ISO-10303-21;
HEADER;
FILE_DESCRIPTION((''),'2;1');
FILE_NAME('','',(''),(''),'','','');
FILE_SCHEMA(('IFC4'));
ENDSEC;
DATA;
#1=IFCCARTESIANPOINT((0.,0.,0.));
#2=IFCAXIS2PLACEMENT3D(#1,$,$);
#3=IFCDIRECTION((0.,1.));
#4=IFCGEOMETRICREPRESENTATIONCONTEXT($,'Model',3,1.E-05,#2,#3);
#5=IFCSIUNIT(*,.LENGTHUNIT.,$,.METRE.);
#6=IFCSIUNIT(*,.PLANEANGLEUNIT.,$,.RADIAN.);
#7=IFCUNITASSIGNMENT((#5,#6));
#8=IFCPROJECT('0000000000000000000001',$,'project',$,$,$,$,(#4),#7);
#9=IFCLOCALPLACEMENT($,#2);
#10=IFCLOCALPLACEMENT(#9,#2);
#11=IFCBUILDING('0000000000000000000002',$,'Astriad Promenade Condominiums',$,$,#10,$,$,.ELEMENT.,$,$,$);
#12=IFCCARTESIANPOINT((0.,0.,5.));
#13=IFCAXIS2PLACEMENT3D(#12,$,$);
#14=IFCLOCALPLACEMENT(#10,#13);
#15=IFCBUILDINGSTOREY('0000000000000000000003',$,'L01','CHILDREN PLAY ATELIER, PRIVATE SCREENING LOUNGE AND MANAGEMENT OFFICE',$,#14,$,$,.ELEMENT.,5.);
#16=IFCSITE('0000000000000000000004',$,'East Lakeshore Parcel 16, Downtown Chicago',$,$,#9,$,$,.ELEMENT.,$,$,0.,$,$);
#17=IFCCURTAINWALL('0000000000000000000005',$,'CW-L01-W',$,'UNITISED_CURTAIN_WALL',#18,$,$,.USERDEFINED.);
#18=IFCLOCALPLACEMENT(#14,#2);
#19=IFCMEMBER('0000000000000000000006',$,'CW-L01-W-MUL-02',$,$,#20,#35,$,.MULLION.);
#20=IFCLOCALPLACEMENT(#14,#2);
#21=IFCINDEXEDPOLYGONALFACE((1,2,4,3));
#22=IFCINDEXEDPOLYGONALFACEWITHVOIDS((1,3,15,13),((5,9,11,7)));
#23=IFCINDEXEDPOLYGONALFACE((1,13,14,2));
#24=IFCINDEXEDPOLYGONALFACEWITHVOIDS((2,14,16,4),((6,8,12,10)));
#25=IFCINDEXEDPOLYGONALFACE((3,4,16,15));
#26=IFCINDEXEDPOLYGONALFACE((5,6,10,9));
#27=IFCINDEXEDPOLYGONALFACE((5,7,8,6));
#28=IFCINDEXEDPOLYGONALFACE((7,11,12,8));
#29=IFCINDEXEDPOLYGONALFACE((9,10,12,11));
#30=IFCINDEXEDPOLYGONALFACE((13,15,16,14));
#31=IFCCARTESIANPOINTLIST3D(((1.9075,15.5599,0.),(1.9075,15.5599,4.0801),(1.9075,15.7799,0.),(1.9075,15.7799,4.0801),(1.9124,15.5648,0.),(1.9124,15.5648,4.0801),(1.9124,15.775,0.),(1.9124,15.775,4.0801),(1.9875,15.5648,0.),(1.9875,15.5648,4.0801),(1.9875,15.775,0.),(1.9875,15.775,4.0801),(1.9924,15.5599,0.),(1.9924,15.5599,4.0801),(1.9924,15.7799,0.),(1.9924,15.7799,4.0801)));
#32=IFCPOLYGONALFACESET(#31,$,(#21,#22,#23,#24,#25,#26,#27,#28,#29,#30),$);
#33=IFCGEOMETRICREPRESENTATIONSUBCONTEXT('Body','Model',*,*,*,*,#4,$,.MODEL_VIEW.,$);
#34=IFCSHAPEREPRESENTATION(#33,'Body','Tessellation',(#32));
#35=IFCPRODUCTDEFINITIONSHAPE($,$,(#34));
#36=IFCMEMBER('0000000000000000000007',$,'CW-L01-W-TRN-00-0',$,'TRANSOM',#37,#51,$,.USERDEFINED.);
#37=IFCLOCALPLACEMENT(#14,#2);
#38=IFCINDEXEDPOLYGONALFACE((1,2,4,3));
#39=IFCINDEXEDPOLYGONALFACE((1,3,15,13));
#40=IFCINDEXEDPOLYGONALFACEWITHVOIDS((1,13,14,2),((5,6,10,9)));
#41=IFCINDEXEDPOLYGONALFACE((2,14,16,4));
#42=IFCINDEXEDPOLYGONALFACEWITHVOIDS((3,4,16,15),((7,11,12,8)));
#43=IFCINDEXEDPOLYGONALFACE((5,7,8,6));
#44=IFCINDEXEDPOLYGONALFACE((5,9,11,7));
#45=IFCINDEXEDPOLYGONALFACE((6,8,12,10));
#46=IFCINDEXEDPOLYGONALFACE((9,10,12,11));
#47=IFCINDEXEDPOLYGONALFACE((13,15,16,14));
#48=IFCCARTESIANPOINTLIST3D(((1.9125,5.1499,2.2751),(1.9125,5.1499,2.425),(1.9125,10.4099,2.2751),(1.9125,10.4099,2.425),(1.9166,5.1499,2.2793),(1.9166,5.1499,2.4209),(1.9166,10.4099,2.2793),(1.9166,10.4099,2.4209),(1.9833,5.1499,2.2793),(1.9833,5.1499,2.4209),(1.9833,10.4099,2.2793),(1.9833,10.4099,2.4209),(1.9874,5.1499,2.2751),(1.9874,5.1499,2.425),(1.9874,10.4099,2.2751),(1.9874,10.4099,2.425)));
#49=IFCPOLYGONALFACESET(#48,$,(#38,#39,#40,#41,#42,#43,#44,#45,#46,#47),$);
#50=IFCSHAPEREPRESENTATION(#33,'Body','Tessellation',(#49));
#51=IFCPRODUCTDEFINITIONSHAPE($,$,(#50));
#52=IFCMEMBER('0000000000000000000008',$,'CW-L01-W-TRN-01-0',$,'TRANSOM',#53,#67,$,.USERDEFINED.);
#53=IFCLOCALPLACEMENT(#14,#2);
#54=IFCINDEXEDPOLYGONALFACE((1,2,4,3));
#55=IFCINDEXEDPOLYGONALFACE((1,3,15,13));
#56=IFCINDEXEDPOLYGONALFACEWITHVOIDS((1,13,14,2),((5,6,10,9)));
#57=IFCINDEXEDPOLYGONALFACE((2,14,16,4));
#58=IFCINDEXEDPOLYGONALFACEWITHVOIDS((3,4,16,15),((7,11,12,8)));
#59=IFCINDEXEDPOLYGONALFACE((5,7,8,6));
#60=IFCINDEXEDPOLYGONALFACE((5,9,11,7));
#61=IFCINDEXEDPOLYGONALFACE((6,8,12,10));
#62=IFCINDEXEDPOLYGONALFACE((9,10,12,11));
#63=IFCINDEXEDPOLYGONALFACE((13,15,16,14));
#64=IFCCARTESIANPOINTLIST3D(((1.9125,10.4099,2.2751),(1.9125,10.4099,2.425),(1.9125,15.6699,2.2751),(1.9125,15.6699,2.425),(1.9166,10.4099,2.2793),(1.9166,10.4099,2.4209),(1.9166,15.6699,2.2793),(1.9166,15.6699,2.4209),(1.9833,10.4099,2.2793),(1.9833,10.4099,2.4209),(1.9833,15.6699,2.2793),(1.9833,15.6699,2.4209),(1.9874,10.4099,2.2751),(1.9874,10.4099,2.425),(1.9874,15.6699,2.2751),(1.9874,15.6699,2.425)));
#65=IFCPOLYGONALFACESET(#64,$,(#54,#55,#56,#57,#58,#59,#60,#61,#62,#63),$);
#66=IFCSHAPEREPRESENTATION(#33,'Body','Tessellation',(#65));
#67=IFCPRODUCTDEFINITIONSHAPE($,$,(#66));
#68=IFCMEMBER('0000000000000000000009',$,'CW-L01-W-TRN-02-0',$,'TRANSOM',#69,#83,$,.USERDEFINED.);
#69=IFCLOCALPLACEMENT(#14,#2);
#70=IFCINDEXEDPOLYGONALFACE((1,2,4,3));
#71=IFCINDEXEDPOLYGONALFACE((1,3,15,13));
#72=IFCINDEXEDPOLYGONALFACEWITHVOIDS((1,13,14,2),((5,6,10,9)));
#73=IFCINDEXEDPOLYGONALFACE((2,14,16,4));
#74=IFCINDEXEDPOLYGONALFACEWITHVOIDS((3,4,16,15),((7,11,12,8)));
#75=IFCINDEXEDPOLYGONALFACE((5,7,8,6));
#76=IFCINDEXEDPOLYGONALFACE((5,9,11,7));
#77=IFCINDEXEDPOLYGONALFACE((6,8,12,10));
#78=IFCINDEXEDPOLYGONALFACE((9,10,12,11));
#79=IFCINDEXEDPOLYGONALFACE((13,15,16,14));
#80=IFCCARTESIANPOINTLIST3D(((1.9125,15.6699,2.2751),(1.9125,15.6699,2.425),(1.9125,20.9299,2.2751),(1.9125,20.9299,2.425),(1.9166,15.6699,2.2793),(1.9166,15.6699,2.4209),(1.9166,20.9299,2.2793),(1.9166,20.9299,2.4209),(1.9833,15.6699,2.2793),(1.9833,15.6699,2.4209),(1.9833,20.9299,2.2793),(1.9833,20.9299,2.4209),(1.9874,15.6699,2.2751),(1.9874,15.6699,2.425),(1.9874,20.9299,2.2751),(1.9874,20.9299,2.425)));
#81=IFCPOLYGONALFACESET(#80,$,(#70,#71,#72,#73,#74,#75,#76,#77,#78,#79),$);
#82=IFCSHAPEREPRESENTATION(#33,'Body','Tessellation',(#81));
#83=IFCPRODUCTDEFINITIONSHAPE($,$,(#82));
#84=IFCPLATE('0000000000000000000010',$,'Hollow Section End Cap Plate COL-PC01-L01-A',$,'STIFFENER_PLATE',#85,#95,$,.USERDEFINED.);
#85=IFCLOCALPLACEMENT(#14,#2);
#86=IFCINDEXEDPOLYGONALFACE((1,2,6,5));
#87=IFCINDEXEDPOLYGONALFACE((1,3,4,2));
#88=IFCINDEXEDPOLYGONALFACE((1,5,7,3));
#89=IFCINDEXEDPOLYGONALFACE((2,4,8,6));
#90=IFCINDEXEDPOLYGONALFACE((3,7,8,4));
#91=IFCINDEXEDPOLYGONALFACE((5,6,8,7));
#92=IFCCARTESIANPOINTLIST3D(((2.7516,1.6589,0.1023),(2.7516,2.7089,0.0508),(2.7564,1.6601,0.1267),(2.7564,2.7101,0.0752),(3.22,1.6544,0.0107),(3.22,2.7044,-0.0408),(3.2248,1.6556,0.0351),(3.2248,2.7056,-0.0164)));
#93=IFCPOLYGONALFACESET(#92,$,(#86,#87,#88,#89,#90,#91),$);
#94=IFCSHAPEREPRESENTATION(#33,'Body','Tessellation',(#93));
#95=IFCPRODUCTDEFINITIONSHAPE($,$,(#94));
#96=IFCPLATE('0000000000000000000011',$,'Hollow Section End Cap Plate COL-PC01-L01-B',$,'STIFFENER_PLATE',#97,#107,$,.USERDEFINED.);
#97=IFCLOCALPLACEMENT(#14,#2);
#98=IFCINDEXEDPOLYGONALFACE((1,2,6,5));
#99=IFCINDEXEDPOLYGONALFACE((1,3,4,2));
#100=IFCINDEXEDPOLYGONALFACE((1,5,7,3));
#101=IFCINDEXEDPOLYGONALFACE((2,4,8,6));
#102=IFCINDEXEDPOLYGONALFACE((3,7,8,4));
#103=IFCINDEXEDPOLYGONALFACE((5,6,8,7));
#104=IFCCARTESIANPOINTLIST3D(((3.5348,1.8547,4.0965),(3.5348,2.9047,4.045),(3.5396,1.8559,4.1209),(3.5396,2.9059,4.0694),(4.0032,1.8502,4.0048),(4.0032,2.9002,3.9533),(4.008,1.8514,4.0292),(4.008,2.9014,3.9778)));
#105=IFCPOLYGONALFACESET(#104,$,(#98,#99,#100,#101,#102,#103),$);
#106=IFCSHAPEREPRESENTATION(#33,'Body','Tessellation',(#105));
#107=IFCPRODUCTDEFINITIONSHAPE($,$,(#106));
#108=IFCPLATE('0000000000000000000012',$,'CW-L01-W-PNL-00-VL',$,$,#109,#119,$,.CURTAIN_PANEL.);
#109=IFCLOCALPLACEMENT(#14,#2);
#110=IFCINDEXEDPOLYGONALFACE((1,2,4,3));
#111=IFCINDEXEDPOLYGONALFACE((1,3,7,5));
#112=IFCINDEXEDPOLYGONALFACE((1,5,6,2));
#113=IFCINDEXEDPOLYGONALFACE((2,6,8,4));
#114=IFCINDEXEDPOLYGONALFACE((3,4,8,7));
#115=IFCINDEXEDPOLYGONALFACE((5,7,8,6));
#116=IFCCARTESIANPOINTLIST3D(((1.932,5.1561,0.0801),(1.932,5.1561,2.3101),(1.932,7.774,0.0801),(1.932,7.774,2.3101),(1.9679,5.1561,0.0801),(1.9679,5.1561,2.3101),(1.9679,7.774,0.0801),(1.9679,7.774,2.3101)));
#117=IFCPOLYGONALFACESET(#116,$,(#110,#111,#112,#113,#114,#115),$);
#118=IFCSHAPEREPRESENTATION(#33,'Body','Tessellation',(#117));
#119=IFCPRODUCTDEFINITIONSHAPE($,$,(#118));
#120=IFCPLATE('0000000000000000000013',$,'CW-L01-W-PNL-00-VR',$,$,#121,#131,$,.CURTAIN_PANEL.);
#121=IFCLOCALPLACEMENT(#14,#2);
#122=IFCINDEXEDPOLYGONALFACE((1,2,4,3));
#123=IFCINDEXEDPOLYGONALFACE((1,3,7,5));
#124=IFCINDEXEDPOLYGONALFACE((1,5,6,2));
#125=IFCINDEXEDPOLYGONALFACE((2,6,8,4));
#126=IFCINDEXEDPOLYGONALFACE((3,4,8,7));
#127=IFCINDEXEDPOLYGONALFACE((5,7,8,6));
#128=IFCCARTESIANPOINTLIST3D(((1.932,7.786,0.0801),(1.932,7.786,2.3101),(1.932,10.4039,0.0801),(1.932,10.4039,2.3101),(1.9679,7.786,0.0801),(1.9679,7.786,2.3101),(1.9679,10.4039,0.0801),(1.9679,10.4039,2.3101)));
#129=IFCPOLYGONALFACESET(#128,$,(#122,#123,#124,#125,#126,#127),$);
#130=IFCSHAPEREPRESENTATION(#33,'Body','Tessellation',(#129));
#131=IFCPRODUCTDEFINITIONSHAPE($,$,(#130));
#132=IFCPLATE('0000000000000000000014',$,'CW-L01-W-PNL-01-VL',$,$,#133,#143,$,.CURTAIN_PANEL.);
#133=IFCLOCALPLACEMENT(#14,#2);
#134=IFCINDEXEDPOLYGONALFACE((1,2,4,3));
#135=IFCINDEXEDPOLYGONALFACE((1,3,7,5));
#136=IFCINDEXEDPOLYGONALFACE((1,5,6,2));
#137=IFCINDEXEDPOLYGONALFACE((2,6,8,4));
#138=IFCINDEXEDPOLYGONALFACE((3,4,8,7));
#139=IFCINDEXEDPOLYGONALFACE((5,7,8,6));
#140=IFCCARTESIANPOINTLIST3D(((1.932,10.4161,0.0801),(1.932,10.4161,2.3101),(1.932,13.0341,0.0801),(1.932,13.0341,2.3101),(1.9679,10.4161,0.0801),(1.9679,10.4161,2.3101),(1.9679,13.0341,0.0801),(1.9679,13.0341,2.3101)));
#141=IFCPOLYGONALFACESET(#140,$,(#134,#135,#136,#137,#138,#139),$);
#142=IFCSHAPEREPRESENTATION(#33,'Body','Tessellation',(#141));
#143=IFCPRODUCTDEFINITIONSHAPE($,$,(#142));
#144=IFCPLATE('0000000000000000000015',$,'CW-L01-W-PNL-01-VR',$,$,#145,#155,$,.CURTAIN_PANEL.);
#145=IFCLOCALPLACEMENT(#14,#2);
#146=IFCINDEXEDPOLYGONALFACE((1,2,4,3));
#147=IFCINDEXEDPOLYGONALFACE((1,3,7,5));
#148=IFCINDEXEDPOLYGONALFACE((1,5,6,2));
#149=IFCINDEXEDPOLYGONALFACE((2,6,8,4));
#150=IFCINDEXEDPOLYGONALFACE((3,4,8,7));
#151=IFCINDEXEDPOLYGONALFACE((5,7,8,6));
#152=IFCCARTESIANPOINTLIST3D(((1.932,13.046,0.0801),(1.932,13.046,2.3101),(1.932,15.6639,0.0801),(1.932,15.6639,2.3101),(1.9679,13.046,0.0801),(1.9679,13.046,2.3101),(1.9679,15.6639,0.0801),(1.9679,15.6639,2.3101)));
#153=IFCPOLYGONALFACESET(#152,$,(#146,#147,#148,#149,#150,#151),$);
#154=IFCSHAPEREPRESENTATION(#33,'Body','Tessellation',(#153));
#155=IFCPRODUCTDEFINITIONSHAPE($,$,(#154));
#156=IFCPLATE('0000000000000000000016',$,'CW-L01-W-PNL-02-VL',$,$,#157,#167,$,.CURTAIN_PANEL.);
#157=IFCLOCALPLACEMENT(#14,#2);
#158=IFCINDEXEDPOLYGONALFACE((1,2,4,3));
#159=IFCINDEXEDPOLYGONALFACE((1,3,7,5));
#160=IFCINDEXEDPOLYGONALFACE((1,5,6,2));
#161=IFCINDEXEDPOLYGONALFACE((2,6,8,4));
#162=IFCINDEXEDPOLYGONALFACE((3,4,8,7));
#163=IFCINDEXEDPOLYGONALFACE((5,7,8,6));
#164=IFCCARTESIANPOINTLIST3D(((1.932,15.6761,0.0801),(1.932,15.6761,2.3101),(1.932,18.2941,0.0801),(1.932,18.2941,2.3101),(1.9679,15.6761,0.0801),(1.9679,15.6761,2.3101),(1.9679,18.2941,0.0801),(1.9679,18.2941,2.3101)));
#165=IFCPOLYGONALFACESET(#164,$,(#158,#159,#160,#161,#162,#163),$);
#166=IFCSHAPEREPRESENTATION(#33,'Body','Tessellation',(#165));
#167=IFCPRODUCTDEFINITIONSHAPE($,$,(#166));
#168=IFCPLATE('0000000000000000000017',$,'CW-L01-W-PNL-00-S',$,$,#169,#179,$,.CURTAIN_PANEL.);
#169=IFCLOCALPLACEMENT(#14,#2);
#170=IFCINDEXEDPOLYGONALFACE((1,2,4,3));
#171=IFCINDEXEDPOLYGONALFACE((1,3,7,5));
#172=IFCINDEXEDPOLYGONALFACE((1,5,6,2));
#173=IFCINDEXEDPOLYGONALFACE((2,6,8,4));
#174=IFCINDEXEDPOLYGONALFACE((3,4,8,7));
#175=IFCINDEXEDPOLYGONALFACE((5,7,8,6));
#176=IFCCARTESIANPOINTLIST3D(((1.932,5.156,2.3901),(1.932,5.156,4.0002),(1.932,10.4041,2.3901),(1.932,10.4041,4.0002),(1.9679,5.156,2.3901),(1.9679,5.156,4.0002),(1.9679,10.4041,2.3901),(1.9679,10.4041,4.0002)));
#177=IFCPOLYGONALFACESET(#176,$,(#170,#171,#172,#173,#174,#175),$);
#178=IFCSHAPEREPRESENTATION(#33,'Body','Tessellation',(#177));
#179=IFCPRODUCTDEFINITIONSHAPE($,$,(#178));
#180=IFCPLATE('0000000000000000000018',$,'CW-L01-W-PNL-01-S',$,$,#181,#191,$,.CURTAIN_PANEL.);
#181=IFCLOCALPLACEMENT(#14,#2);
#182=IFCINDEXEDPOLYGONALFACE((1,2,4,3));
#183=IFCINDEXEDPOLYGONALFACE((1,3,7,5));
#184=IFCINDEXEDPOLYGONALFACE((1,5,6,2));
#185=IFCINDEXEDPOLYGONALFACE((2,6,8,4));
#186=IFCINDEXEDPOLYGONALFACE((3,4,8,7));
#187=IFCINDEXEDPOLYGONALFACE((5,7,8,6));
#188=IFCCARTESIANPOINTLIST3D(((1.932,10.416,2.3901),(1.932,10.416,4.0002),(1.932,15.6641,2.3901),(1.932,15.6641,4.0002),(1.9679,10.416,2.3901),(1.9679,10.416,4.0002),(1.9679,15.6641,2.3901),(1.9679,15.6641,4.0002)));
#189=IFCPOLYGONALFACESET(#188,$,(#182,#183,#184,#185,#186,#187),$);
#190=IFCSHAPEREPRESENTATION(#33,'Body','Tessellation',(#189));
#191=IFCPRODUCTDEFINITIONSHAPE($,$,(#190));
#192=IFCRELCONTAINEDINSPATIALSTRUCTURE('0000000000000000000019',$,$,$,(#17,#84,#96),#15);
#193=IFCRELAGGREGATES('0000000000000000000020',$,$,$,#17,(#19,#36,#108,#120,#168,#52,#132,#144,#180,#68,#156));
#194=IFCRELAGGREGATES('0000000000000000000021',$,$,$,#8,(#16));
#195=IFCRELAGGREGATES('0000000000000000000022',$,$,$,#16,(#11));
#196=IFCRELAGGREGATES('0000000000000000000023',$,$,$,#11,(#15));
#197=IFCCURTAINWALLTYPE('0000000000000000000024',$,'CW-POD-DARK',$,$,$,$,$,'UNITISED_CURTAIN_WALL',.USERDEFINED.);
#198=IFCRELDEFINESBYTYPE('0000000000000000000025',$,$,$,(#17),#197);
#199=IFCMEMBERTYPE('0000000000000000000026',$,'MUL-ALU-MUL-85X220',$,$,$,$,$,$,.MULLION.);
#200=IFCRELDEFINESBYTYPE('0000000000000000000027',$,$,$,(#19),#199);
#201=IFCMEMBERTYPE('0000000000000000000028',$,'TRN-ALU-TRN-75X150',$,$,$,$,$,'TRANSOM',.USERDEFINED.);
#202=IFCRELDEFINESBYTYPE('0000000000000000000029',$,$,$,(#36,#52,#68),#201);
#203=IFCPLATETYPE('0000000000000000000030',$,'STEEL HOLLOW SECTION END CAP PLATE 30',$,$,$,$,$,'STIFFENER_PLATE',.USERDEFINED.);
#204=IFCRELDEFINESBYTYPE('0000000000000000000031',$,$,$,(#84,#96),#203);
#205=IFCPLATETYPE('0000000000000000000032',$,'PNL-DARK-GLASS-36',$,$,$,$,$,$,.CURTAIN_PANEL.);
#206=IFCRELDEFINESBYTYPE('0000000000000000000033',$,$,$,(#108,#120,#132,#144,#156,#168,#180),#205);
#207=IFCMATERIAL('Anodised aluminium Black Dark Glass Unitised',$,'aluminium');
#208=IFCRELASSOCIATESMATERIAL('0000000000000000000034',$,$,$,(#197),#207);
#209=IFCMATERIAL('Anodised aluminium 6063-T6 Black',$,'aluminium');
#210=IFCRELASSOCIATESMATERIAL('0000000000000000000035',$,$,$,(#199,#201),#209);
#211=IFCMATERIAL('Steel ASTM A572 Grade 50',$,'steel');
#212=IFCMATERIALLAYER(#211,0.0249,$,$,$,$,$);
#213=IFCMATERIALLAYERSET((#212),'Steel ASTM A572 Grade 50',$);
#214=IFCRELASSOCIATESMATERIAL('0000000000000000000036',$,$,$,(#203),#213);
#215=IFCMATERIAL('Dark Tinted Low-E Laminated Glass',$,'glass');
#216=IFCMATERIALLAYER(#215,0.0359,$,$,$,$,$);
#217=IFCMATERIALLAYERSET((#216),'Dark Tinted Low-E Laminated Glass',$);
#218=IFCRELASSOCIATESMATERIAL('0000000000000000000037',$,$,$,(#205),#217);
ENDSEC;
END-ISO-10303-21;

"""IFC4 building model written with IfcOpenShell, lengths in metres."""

from ifc_helpers import new_model, si_unit, direction, frame, origin, origin_2d, place, context, subcontext, project, spatial, rectangle, hollow_rectangle, extrude, source, transform, mapped, material, layer, layer_set, material_profile, profile_set, type_object, type_shapes, element, aggregate, save


model = new_model("IFC4")

# Units and contexts
model_context = context("Model", 3, precision=1e-05, world=origin(), true_north=direction((0.0, 1.0)))
body_context = subcontext(model_context, "Body", "Model", "MODEL_VIEW")
ifc_project = project(units=[si_unit("LENGTHUNIT", "METRE"), si_unit("PLANEANGLEUNIT", "RADIAN")], contexts=[model_context])

# Site, building, storey
site_placement = place(None, origin())
site = spatial("IfcSite", under=ifc_project, at=site_placement, Name="East Lakeshore Parcel 16, Downtown Chicago", CompositionType="ELEMENT", RefElevation=0.0)
building_placement = place(site_placement, origin())
building = spatial("IfcBuilding", under=site, at=building_placement, Name="Astriad Promenade Condominiums", CompositionType="ELEMENT")
storey_placement = place(building_placement, frame((0.0, 0.0, 5.0)))
storey = spatial("IfcBuildingStorey", under=building, at=storey_placement, Name="L01", Description="CHILDREN PLAY ATELIER, PRIVATE SCREENING LOUNGE AND MANAGEMENT OFFICE", CompositionType="ELEMENT", Elevation=5.0)

# Curtain wall, members
ifc_material_1 = material(Name="Anodised aluminium Black Dark Glass Unitised", Category="aluminium")
curtain_wall_type = type_object("IfcCurtainWallType", Name="CW-POD-DARK", ElementType="UNITISED_CURTAIN_WALL", PredefinedType="USERDEFINED", material=ifc_material_1)
curtain_wall_placement = place(storey_placement, origin())
curtain_wall = element("IfcCurtainWall", 1, at=curtain_wall_placement, inside=storey, type_object=curtain_wall_type, Name="CW-L01-W", ObjectType="UNITISED_CURTAIN_WALL", PredefinedType="USERDEFINED")
ifc_material_2 = material(Name="Anodised aluminium 6063-T6 Black", Category="aluminium")
ifc_material_profile_1 = material_profile(ifc_material_2, hollow_rectangle(XDim=0.085, YDim=0.22, WallThickness=0.0049, at=origin_2d()), Name="ALU-MUL-85X220")
ifc_profile_set_1 = profile_set([ifc_material_profile_1], Name="Anodised aluminium 6063-T6 Black")
member_type_1 = type_object("IfcMemberType", Name="MUL-ALU-MUL-85X220", PredefinedType="MULLION", material=ifc_profile_set_1)
shared_shape_1 = source(origin(), body_context, "Body", "SweptSolid", [
    extrude(hollow_rectangle(XDim=0.085, YDim=0.22, WallThickness=0.0049, at=origin_2d()), origin(), (0.0, 0.0, 1.0), 4.0801),
])
type_shapes(member_type_1, [shared_shape_1])
member_1_placement = place(storey_placement, frame((1.95, 15.6699, 0.0), z_axis=(0.0, 0.0, 1.0), x_axis=(1.0, 0.0, 0.0)))
member_1 = element("IfcMember", 2, at=member_1_placement, type_object=member_type_1, Name="CW-L01-W-MUL-02", PredefinedType="MULLION", context=body_context, shape_type="MappedRepresentation", body=[
    mapped(shared_shape_1, transform((0.0, 0.0, 0.0), scale=1.0)),
])
ifc_material_profile_2 = material_profile(ifc_material_2, hollow_rectangle(XDim=0.075, YDim=0.1499, WallThickness=0.0042, at=origin_2d()), Name="ALU-TRN-75X150")
ifc_profile_set_2 = profile_set([ifc_material_profile_2], Name="Anodised aluminium 6063-T6 Black")
member_type_2 = type_object("IfcMemberType", Name="TRN-ALU-TRN-75X150", ElementType="TRANSOM", PredefinedType="USERDEFINED", material=ifc_profile_set_2)
shared_shape_2 = source(origin(), body_context, "Body", "SweptSolid", [
    extrude(hollow_rectangle(XDim=0.075, YDim=0.1499, WallThickness=0.0042, at=origin_2d()), origin(), (0.0, 0.0, 1.0), 5.26),
])
type_shapes(member_type_2, [shared_shape_2])
member_2_placement = place(storey_placement, frame((1.95, 5.1499, 2.3501), z_axis=(0.0, 1.0, 0.0), x_axis=(-1.0, 0.0, 0.0)))
member_2 = element("IfcMember", 3, at=member_2_placement, type_object=member_type_2, Name="CW-L01-W-TRN-00-0", ObjectType="TRANSOM", PredefinedType="USERDEFINED", context=body_context, shape_type="MappedRepresentation", body=[
    mapped(shared_shape_2, transform((0.0, 0.0, 0.0), scale=1.0)),
])
member_3_placement = place(storey_placement, frame((1.95, 10.4099, 2.3501), z_axis=(0.0, 1.0, 0.0), x_axis=(-1.0, 0.0, 0.0)))
member_3 = element("IfcMember", 4, at=member_3_placement, type_object=member_type_2, Name="CW-L01-W-TRN-01-0", ObjectType="TRANSOM", PredefinedType="USERDEFINED", context=body_context, shape_type="MappedRepresentation", body=[
    mapped(shared_shape_2, transform((0.0, 0.0, 0.0), scale=1.0)),
])
member_4_placement = place(storey_placement, frame((1.95, 15.6699, 2.3501), z_axis=(0.0, 1.0, 0.0), x_axis=(-1.0, 0.0, 0.0)))
member_4 = element("IfcMember", 5, at=member_4_placement, type_object=member_type_2, Name="CW-L01-W-TRN-02-0", ObjectType="TRANSOM", PredefinedType="USERDEFINED", context=body_context, shape_type="MappedRepresentation", body=[
    mapped(shared_shape_2, transform((0.0, 0.0, 0.0), scale=1.0)),
])

# Plates
ifc_material_3 = material(Name="Steel ASTM A572 Grade 50", Category="steel")
ifc_layer_1 = layer(ifc_material_3, 0.0249)
ifc_layer_set_1 = layer_set([ifc_layer_1], Name="Steel ASTM A572 Grade 50")
plate_type_1 = type_object("IfcPlateType", Name="STEEL HOLLOW SECTION END CAP PLATE 30", ElementType="STIFFENER_PLATE", PredefinedType="USERDEFINED", material=ifc_layer_set_1)
shared_shape_3 = source(origin(), body_context, "Body", "SweptSolid", [
    extrude(rectangle(XDim=0.4773, YDim=1.0513, at=origin_2d()), origin(), (0.0, 0.0, 1.0), 0.0249),
])
type_shapes(plate_type_1, [shared_shape_3])
for number, where, z_axis, x_axis, name in (
    (6, (2.9858, 2.1816, 0.0308), (0.192213, 0.048053, 0.980176), (1.0, 0.0, 0.0), "Hollow Section End Cap Plate COL-PC01-L01-A"),
    (7, (3.769, 2.3774, 4.0249), (0.192213, 0.048053, 0.980176), (1.0, 0.0, 0.0), "Hollow Section End Cap Plate COL-PC01-L01-B"),
):
    element("IfcPlate", number, at=place(storey_placement, frame(where, z_axis=z_axis, x_axis=x_axis)), inside=storey, type_object=plate_type_1, Name=name, ObjectType="STIFFENER_PLATE", PredefinedType="USERDEFINED", context=body_context, shape_type="MappedRepresentation", body=[
        mapped(shared_shape_3, transform((0.0, 0.0, 0.0), scale=1.0)),
    ])

# Plates
ifc_material_4 = material(Name="Dark Tinted Low-E Laminated Glass", Category="glass")
ifc_layer_2 = layer(ifc_material_4, 0.0359)
ifc_layer_set_2 = layer_set([ifc_layer_2], Name="Dark Tinted Low-E Laminated Glass")
plate_type_2 = type_object("IfcPlateType", Name="PNL-DARK-GLASS-36", PredefinedType="CURTAIN_PANEL", material=ifc_layer_set_2)
shared_shape_4 = source(origin(), body_context, "Body", "SweptSolid", [
    extrude(rectangle(XDim=2.6179, YDim=0.0359, at=origin_2d()), origin(), (0.0, 0.0, 1.0), 2.23),
])
plate_1_placement = place(storey_placement, frame((1.95, 6.4651, 0.0801), z_axis=(0.0, 0.0, 1.0), x_axis=(0.0, 1.0, 0.0)))
plate_1 = element("IfcPlate", 8, at=plate_1_placement, type_object=plate_type_2, Name="CW-L01-W-PNL-00-VL", PredefinedType="CURTAIN_PANEL", context=body_context, shape_type="MappedRepresentation", body=[
    mapped(shared_shape_4, transform((0.0, 0.0, 0.0), scale=1.0)),
])
plate_2_placement = place(storey_placement, frame((1.95, 9.095, 0.0801), z_axis=(0.0, 0.0, 1.0), x_axis=(0.0, 1.0, 0.0)))
plate_2 = element("IfcPlate", 9, at=plate_2_placement, type_object=plate_type_2, Name="CW-L01-W-PNL-00-VR", PredefinedType="CURTAIN_PANEL", context=body_context, shape_type="MappedRepresentation", body=[
    mapped(shared_shape_4, transform((0.0, 0.0, 0.0), scale=1.0)),
])
plate_3_placement = place(storey_placement, frame((1.95, 11.7251, 0.0801), z_axis=(0.0, 0.0, 1.0), x_axis=(0.0, 1.0, 0.0)))
plate_3 = element("IfcPlate", 10, at=plate_3_placement, type_object=plate_type_2, Name="CW-L01-W-PNL-01-VL", PredefinedType="CURTAIN_PANEL", context=body_context, shape_type="MappedRepresentation", body=[
    mapped(shared_shape_4, transform((0.0, 0.0, 0.0), scale=1.0)),
])
plate_4_placement = place(storey_placement, frame((1.95, 14.355, 0.0801), z_axis=(0.0, 0.0, 1.0), x_axis=(0.0, 1.0, 0.0)))
plate_4 = element("IfcPlate", 11, at=plate_4_placement, type_object=plate_type_2, Name="CW-L01-W-PNL-01-VR", PredefinedType="CURTAIN_PANEL", context=body_context, shape_type="MappedRepresentation", body=[
    mapped(shared_shape_4, transform((0.0, 0.0, 0.0), scale=1.0)),
])
plate_5_placement = place(storey_placement, frame((1.95, 16.9851, 0.0801), z_axis=(0.0, 0.0, 1.0), x_axis=(0.0, 1.0, 0.0)))
plate_5 = element("IfcPlate", 12, at=plate_5_placement, type_object=plate_type_2, Name="CW-L01-W-PNL-02-VL", PredefinedType="CURTAIN_PANEL", context=body_context, shape_type="MappedRepresentation", body=[
    mapped(shared_shape_4, transform((0.0, 0.0, 0.0), scale=1.0)),
])
shared_shape_5 = source(origin(), body_context, "Body", "SweptSolid", [
    extrude(rectangle(XDim=5.248, YDim=0.0359, at=origin_2d()), origin(), (0.0, 0.0, 1.0), 1.6101),
])
type_shapes(plate_type_2, [shared_shape_4, shared_shape_5])
plate_6_placement = place(storey_placement, frame((1.95, 7.78, 2.3901), z_axis=(0.0, 0.0, 1.0), x_axis=(0.0, 1.0, 0.0)))
plate_6 = element("IfcPlate", 13, at=plate_6_placement, type_object=plate_type_2, Name="CW-L01-W-PNL-00-S", PredefinedType="CURTAIN_PANEL", context=body_context, shape_type="MappedRepresentation", body=[
    mapped(shared_shape_5, transform((0.0, 0.0, 0.0), scale=1.0)),
])
plate_7_placement = place(storey_placement, frame((1.95, 13.04, 2.3901), z_axis=(0.0, 0.0, 1.0), x_axis=(0.0, 1.0, 0.0)))
plate_7 = element("IfcPlate", 14, at=plate_7_placement, type_object=plate_type_2, Name="CW-L01-W-PNL-01-S", PredefinedType="CURTAIN_PANEL", context=body_context, shape_type="MappedRepresentation", body=[
    mapped(shared_shape_5, transform((0.0, 0.0, 0.0), scale=1.0)),
])
aggregate(curtain_wall, [member_1, member_2, plate_1, plate_2, plate_6, member_3, plate_3, plate_4, plate_7, member_4, plate_5])

save(model, "model.ifc")
